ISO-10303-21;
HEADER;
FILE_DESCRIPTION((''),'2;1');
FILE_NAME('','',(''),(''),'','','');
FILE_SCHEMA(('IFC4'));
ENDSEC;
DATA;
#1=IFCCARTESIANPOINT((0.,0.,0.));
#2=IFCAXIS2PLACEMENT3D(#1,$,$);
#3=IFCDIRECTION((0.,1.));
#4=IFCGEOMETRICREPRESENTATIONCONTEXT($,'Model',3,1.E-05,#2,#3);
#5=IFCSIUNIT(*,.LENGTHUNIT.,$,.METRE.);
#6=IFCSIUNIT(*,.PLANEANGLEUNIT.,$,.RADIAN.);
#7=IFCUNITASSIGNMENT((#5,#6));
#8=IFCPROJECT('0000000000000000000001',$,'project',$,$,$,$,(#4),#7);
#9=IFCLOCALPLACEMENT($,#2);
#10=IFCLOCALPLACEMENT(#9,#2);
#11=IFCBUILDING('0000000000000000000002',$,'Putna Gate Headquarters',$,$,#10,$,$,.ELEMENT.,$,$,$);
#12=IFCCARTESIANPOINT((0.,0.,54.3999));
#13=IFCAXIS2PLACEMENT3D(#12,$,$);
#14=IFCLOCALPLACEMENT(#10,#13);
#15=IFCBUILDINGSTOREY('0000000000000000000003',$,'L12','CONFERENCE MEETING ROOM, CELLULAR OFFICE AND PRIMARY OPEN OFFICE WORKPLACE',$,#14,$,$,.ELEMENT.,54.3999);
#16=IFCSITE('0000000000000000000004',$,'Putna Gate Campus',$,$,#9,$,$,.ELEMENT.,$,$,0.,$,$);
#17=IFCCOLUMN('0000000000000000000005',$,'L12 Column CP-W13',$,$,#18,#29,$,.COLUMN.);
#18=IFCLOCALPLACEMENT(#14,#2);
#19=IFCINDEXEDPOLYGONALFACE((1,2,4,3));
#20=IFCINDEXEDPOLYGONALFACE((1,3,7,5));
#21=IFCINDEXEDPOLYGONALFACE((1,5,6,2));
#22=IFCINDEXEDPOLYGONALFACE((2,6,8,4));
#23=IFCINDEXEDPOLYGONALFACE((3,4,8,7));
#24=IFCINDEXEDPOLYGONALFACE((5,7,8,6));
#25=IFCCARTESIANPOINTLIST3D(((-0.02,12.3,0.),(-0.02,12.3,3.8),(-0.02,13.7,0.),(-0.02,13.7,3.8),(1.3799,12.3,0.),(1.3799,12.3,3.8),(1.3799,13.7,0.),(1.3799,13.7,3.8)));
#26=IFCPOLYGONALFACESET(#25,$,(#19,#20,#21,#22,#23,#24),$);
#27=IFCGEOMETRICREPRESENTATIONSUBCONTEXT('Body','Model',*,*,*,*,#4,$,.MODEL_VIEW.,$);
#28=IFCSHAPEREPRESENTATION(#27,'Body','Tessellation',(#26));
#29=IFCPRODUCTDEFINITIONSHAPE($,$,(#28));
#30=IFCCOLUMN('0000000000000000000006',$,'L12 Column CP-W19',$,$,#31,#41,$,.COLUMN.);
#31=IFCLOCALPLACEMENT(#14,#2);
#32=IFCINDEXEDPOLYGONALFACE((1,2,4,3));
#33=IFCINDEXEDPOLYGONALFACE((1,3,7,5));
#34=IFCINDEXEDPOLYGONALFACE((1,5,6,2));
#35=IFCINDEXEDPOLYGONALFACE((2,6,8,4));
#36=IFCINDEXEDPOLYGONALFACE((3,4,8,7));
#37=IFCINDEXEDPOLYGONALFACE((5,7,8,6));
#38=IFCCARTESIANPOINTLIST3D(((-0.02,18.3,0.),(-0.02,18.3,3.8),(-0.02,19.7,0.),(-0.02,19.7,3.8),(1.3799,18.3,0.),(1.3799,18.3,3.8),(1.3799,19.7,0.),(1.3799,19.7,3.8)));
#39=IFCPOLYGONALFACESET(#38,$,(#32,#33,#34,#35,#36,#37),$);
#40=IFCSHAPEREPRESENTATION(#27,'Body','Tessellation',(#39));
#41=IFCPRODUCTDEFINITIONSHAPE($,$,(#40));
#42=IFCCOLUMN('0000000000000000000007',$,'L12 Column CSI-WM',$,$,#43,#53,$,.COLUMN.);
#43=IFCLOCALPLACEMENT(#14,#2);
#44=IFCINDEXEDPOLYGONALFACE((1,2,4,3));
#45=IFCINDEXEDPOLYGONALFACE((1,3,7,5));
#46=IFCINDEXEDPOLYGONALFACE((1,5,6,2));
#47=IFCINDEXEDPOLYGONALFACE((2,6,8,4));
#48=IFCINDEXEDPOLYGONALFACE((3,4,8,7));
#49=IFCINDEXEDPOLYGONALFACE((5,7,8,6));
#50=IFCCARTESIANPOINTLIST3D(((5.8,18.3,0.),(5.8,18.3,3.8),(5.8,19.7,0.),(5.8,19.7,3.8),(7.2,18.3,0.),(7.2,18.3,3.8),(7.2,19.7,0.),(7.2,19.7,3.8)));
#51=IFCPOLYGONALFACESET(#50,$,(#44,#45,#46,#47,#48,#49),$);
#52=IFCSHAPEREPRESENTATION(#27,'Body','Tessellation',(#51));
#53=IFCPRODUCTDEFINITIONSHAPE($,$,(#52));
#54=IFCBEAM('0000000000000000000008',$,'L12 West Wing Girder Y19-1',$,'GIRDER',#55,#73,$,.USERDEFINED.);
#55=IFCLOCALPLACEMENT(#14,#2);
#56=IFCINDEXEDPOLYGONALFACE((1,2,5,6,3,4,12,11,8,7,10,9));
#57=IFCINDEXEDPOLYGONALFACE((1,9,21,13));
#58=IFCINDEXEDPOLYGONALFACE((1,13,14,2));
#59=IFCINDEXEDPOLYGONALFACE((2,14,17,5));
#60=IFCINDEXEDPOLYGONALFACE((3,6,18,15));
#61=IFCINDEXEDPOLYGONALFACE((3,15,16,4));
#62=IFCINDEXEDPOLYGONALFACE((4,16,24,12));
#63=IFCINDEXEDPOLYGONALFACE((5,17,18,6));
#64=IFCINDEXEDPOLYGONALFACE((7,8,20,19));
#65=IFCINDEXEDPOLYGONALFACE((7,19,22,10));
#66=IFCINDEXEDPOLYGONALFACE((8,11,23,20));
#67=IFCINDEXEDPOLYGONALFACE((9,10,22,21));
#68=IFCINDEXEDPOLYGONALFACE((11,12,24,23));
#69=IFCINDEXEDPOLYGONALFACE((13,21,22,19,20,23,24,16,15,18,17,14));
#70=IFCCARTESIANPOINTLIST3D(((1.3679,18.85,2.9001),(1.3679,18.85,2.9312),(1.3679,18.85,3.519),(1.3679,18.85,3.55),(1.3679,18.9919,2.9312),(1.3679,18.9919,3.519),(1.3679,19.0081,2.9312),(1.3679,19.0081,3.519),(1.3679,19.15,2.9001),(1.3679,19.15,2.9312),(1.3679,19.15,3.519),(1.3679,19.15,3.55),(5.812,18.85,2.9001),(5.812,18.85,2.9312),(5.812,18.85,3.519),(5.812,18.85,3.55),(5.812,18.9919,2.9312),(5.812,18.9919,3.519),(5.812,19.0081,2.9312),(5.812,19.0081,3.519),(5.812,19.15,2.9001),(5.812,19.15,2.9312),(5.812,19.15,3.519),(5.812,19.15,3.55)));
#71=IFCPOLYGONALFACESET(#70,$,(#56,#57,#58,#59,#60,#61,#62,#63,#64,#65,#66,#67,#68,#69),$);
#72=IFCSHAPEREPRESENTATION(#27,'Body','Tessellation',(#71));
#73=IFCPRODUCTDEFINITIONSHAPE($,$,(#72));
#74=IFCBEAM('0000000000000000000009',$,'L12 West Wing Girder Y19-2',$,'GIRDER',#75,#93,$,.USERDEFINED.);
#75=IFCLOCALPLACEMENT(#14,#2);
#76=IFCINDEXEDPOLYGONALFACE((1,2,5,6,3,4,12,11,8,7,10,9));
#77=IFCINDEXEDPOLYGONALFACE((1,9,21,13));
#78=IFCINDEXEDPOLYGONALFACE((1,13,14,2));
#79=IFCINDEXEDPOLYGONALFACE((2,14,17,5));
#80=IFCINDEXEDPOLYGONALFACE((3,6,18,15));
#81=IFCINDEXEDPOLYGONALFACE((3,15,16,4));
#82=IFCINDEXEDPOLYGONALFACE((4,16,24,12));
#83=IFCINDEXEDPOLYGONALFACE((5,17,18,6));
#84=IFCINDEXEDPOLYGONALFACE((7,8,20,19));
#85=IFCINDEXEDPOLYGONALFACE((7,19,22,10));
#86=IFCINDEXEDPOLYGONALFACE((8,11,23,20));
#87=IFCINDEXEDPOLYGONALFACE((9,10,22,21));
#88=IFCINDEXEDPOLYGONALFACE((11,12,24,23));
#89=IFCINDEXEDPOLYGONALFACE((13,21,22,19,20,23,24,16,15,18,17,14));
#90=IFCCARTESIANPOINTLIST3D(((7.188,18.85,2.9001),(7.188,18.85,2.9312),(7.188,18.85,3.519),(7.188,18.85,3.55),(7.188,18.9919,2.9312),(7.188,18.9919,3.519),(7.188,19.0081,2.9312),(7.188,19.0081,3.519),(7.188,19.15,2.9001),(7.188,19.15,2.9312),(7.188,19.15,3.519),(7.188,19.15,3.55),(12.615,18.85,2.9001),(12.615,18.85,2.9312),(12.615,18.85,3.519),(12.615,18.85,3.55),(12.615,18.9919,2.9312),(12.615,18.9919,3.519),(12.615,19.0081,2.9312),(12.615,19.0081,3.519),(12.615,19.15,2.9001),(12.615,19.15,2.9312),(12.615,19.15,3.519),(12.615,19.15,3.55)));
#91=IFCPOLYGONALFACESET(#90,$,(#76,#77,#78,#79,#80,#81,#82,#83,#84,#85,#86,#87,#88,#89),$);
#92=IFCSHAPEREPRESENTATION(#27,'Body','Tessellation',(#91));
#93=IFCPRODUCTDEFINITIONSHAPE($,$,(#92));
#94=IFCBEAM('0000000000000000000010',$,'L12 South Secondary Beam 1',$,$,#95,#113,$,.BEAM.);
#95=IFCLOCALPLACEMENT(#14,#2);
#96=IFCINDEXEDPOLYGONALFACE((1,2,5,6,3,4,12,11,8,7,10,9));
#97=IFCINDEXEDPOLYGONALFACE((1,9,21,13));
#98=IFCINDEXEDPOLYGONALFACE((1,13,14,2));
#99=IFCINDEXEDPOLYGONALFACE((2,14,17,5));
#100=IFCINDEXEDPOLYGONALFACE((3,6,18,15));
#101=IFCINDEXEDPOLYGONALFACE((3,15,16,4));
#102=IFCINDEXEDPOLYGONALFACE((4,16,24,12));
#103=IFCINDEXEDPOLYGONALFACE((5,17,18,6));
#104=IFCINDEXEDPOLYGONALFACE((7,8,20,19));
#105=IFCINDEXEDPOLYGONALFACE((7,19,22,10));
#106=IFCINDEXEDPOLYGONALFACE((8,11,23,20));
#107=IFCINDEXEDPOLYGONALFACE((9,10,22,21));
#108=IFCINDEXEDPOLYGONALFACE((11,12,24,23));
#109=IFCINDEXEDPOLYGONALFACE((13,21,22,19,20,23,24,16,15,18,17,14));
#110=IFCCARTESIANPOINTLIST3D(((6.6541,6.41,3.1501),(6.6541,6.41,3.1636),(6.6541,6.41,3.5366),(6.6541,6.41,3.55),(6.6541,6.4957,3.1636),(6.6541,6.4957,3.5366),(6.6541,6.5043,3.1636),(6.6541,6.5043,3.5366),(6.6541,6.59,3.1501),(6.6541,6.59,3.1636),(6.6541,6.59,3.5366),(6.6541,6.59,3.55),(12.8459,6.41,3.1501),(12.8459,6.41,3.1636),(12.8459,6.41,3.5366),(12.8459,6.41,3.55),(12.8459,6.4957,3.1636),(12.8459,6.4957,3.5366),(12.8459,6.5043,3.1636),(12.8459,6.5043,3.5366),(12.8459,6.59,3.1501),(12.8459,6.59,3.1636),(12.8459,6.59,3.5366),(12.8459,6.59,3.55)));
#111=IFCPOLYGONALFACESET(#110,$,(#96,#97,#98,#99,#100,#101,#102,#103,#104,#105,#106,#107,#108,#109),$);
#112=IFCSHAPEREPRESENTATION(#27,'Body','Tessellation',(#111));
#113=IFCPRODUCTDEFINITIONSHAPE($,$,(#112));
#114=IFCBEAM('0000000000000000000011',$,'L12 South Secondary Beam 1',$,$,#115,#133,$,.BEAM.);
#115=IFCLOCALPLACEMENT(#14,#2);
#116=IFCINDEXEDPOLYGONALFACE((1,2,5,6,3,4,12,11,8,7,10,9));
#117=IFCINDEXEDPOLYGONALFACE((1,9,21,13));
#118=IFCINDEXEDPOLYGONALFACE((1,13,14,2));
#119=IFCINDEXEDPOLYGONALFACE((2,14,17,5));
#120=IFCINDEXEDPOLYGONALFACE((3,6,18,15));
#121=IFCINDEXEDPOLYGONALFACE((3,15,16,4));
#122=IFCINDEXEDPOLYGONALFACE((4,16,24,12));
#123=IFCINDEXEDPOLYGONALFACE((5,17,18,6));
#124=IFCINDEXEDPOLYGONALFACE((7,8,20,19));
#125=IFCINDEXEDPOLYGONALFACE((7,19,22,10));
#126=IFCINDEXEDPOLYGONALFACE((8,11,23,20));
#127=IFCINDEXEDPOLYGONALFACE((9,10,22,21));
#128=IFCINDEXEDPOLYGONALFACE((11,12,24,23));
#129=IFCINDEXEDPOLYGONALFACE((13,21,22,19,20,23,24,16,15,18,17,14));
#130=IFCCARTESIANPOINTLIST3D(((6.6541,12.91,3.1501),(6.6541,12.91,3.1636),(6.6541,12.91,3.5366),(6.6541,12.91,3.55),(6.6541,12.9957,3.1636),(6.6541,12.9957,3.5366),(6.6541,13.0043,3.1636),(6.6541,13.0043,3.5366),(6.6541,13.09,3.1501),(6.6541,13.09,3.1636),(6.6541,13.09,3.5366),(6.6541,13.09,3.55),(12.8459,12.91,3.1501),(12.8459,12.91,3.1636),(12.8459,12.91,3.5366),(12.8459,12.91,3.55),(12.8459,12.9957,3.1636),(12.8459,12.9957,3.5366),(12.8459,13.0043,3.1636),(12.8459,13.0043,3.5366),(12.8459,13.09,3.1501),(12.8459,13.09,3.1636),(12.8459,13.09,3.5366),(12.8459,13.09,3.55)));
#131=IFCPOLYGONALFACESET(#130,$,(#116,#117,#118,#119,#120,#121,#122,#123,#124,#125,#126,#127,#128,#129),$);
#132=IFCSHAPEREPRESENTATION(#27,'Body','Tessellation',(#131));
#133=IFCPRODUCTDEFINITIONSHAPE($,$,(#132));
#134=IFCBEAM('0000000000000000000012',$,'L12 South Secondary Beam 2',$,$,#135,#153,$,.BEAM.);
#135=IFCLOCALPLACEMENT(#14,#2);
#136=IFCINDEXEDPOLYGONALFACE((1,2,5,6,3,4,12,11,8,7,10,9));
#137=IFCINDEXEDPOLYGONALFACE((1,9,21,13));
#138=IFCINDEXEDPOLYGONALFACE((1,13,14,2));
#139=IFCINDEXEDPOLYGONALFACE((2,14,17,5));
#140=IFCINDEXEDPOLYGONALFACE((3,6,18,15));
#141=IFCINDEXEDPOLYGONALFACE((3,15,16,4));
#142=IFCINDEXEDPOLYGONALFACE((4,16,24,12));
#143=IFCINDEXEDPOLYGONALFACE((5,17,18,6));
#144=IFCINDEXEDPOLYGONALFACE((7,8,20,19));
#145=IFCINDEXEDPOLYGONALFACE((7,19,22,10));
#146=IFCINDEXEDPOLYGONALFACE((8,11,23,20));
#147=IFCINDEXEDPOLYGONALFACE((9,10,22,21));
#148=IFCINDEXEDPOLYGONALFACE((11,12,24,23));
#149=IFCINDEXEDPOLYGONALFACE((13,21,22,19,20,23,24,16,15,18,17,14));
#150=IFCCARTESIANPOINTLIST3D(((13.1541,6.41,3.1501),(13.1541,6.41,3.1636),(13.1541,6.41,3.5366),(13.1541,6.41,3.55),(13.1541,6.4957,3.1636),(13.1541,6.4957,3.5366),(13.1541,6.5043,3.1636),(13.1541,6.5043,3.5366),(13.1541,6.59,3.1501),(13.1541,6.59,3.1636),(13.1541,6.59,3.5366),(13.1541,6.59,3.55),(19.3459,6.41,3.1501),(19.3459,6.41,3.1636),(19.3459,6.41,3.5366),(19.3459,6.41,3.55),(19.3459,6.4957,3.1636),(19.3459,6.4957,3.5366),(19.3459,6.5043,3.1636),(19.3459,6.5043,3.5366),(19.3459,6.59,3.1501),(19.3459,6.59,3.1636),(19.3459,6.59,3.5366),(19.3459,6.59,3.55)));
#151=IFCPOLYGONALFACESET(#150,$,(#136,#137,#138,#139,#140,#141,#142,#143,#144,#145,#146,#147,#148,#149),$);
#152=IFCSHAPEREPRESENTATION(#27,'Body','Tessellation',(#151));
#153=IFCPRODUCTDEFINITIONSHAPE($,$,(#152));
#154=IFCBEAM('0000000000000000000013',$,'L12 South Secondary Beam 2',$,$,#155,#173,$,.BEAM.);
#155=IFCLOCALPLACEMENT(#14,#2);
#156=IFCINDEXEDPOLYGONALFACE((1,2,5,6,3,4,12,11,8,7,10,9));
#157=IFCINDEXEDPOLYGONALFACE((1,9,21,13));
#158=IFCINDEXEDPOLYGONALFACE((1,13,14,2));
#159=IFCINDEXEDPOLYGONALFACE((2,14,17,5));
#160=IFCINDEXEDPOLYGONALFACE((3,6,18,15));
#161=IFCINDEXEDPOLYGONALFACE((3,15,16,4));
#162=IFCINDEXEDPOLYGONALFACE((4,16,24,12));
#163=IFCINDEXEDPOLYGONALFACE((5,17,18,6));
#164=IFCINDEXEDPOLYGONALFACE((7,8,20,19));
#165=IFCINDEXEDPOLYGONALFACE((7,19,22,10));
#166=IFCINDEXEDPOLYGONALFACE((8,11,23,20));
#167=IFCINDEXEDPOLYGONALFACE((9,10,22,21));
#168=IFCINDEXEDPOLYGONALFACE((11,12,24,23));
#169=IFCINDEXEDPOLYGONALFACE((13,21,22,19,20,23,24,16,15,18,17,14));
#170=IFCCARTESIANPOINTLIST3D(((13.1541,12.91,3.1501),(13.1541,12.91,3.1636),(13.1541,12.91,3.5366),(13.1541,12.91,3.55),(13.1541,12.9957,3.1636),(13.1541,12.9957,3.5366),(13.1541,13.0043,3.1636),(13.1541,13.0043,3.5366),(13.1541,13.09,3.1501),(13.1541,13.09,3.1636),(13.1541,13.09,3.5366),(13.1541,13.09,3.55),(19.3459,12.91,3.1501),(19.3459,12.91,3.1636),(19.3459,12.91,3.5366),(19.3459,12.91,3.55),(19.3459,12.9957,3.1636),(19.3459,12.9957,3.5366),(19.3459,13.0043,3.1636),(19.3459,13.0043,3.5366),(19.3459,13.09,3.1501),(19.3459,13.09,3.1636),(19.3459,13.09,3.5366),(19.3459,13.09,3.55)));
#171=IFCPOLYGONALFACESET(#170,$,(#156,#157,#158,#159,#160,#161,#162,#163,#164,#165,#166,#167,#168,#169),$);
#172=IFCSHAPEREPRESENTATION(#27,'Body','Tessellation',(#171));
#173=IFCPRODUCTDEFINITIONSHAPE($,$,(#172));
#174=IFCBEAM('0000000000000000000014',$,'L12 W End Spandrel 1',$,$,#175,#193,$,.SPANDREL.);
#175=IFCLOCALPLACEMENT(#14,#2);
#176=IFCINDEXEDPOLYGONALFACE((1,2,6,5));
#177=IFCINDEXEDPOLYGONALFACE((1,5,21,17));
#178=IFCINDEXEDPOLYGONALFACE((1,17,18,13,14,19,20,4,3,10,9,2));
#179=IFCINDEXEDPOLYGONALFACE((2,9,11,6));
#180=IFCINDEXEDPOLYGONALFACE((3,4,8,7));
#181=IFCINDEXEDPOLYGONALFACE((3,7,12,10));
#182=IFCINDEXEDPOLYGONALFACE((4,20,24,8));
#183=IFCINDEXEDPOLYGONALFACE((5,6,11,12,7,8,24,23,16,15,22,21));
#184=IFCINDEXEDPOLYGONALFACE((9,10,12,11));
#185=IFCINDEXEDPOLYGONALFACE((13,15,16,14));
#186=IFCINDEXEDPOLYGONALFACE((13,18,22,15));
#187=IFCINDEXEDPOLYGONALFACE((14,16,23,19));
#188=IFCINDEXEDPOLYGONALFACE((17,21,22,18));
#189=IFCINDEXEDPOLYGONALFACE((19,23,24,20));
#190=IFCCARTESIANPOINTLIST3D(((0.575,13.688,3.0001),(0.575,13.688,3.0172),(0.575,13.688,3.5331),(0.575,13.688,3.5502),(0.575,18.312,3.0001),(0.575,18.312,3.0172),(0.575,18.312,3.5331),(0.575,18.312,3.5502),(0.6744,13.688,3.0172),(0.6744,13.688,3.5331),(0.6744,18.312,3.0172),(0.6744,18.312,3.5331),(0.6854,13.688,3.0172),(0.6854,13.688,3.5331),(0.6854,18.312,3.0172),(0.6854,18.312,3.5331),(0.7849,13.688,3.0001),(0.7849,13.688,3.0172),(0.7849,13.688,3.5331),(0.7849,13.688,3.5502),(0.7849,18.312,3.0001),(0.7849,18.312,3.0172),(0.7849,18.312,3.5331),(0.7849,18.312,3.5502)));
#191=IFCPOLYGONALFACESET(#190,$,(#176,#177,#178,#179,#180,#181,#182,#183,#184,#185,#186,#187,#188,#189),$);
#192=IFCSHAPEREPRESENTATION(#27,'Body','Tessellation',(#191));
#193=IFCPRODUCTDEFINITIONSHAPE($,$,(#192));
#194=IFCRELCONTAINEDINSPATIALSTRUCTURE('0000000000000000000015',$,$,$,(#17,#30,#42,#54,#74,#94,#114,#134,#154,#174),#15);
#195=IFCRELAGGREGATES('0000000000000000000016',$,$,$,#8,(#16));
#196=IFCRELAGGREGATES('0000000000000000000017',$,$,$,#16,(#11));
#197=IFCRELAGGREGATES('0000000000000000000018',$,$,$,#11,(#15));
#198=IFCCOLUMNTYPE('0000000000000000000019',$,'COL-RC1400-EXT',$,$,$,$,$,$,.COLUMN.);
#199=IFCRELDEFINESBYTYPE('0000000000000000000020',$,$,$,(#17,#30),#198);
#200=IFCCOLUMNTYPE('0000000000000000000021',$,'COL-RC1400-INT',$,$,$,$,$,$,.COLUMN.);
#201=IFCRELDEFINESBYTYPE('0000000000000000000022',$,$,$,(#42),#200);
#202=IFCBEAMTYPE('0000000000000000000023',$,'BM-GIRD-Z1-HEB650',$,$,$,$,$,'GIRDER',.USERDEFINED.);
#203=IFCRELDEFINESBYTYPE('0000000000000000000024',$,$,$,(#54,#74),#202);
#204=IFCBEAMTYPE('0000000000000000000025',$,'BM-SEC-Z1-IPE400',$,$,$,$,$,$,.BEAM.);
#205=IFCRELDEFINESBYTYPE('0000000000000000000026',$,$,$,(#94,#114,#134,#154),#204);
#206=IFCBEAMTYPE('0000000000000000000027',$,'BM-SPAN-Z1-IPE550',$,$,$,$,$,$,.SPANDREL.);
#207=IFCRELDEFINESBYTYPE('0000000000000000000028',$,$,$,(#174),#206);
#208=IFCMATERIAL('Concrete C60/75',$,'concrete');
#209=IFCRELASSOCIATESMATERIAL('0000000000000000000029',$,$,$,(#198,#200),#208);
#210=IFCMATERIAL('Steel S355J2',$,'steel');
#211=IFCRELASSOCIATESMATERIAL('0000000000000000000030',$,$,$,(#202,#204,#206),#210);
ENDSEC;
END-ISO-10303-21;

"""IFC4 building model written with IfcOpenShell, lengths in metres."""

from ifc_helpers import new_model, si_unit, direction, frame, origin, origin_2d, place, context, subcontext, project, spatial, rectangle, i_section, extrude, material, material_profile, profile_set, type_object, element, save


model = new_model("IFC4")

# Units and contexts
model_context = context("Model", 3, precision=1e-05, world=origin(), true_north=direction((0.0, 1.0)))
body_context = subcontext(model_context, "Body", "Model", "MODEL_VIEW")
ifc_project = project(units=[si_unit("LENGTHUNIT", "METRE"), si_unit("PLANEANGLEUNIT", "RADIAN")], contexts=[model_context])

# Site, building, storey
site_placement = place(None, origin())
site = spatial("IfcSite", under=ifc_project, at=site_placement, Name="Putna Gate Campus", CompositionType="ELEMENT", RefElevation=0.0)
building_placement = place(site_placement, origin())
building = spatial("IfcBuilding", under=site, at=building_placement, Name="Putna Gate Headquarters", CompositionType="ELEMENT")
storey_placement = place(building_placement, frame((0.0, 0.0, 54.3999)))
storey = spatial("IfcBuildingStorey", under=building, at=storey_placement, Name="L12", Description="CONFERENCE MEETING ROOM, CELLULAR OFFICE AND PRIMARY OPEN OFFICE WORKPLACE", CompositionType="ELEMENT", Elevation=54.3999)

# Columns
ifc_material_1 = material(Name="Concrete C60/75", Category="concrete")
ifc_material_profile_1 = material_profile(ifc_material_1, rectangle(XDim=1.3999, YDim=1.3999, at=origin_2d()), Name="Concrete C60/75")
ifc_profile_set_1 = profile_set([ifc_material_profile_1], Name="Concrete C60/75")
column_type_1 = type_object("IfcColumnType", Name="COL-RC1400-EXT", PredefinedType="COLUMN", material=ifc_profile_set_1)
for number, where, z_axis, x_axis, name in (
    (1, (0.6799, 13.0, 0.0), (0.0, 0.0, 1.0), (1.0, 0.0, 0.0), "L12 Column CP-W13"),
    (2, (0.6799, 19.0, 0.0), (0.0, 0.0, 1.0), (1.0, 0.0, 0.0), "L12 Column CP-W19"),
):
    element("IfcColumn", number, at=place(storey_placement, frame(where, z_axis=z_axis, x_axis=x_axis)), inside=storey, type_object=column_type_1, Name=name, PredefinedType="COLUMN", context=body_context, shape_type="SweptSolid", body=[
        extrude(rectangle(XDim=1.3999, YDim=1.3999, at=origin_2d()), origin(), (0.0, 0.0, 1.0), 3.8),
    ])
ifc_material_profile_2 = material_profile(ifc_material_1, rectangle(XDim=1.3999, YDim=1.3999, at=origin_2d()), Name="Concrete C60/75")
ifc_profile_set_2 = profile_set([ifc_material_profile_2], Name="Concrete C60/75")
column_type_2 = type_object("IfcColumnType", Name="COL-RC1400-INT", PredefinedType="COLUMN", material=ifc_profile_set_2)
column_placement = place(storey_placement, frame((6.5, 19.0, 0.0), z_axis=(0.0, 0.0, 1.0), x_axis=(1.0, 0.0, 0.0)))
element("IfcColumn", 3, at=column_placement, inside=storey, type_object=column_type_2, Name="L12 Column CSI-WM", PredefinedType="COLUMN", context=body_context, shape_type="SweptSolid", body=[
    extrude(rectangle(XDim=1.3999, YDim=1.3999, at=origin_2d()), origin(), (0.0, 0.0, 1.0), 3.8),
])

# Beams
ifc_material_2 = material(Name="Steel S355J2", Category="steel")
ifc_material_profile_3 = material_profile(ifc_material_2, i_section(OverallWidth=0.3, OverallDepth=0.6499, WebThickness=0.0161, FlangeThickness=0.031, at=origin_2d()), Name="Steel S355J2")
ifc_profile_set_3 = profile_set([ifc_material_profile_3], Name="Steel S355J2")
beam_type_1 = type_object("IfcBeamType", Name="BM-GIRD-Z1-HEB650", ElementType="GIRDER", PredefinedType="USERDEFINED", material=ifc_profile_set_3)
beam_1_placement = place(storey_placement, frame((1.3679, 19.0, 3.2251), z_axis=(1.0, 0.0, 0.0), x_axis=(0.0, 1.0, 0.0)))
element("IfcBeam", 4, at=beam_1_placement, inside=storey, type_object=beam_type_1, Name="L12 West Wing Girder Y19-1", ObjectType="GIRDER", PredefinedType="USERDEFINED", context=body_context, shape_type="SweptSolid", body=[
    extrude(i_section(OverallWidth=0.3, OverallDepth=0.6499, WebThickness=0.0161, FlangeThickness=0.031, at=origin_2d()), origin(), (0.0, 0.0, 1.0), 4.4441),
])
beam_2_placement = place(storey_placement, frame((7.188, 19.0, 3.2251), z_axis=(1.0, 0.0, 0.0), x_axis=(0.0, 1.0, 0.0)))
element("IfcBeam", 5, at=beam_2_placement, inside=storey, type_object=beam_type_1, Name="L12 West Wing Girder Y19-2", ObjectType="GIRDER", PredefinedType="USERDEFINED", context=body_context, shape_type="SweptSolid", body=[
    extrude(i_section(OverallWidth=0.3, OverallDepth=0.6499, WebThickness=0.0161, FlangeThickness=0.031, at=origin_2d()), origin(), (0.0, 0.0, 1.0), 5.427),
])
ifc_material_profile_4 = material_profile(ifc_material_2, i_section(OverallWidth=0.1799, OverallDepth=0.3999, WebThickness=0.0085, FlangeThickness=0.0134, at=origin_2d()), Name="Steel S355J2")
ifc_profile_set_4 = profile_set([ifc_material_profile_4], Name="Steel S355J2")
beam_type_2 = type_object("IfcBeamType", Name="BM-SEC-Z1-IPE400", PredefinedType="BEAM", material=ifc_profile_set_4)
for number, where, z_axis, x_axis, name in (
    (6, (6.6541, 6.5, 3.3501), (1.0, 0.0, 0.0), (0.0, 1.0, 0.0), "L12 South Secondary Beam 1"),
    (7, (6.6541, 13.0, 3.3501), (1.0, 0.0, 0.0), (0.0, 1.0, 0.0), "L12 South Secondary Beam 1"),
    (8, (13.1541, 6.5, 3.3501), (1.0, 0.0, 0.0), (0.0, 1.0, 0.0), "L12 South Secondary Beam 2"),
    (9, (13.1541, 13.0, 3.3501), (1.0, 0.0, 0.0), (0.0, 1.0, 0.0), "L12 South Secondary Beam 2"),
):
    element("IfcBeam", number, at=place(storey_placement, frame(where, z_axis=z_axis, x_axis=x_axis)), inside=storey, type_object=beam_type_2, Name=name, PredefinedType="BEAM", context=body_context, shape_type="SweptSolid", body=[
        extrude(i_section(OverallWidth=0.1799, OverallDepth=0.3999, WebThickness=0.0085, FlangeThickness=0.0134, at=origin_2d()), origin(), (0.0, 0.0, 1.0), 6.1919),
    ])
ifc_material_profile_5 = material_profile(ifc_material_2, i_section(OverallWidth=0.21, OverallDepth=0.55, WebThickness=0.011, FlangeThickness=0.0171, at=origin_2d()), Name="Steel S355J2")
ifc_profile_set_5 = profile_set([ifc_material_profile_5], Name="Steel S355J2")
beam_type_3 = type_object("IfcBeamType", Name="BM-SPAN-Z1-IPE550", PredefinedType="SPANDREL", material=ifc_profile_set_5)
beam_3_placement = place(storey_placement, frame((0.6799, 13.688, 3.2751), z_axis=(0.0, 1.0, 0.0), x_axis=(-1.0, 0.0, 0.0)))
element("IfcBeam", 10, at=beam_3_placement, inside=storey, type_object=beam_type_3, Name="L12 W End Spandrel 1", PredefinedType="SPANDREL", context=body_context, shape_type="SweptSolid", body=[
    extrude(i_section(OverallWidth=0.21, OverallDepth=0.55, WebThickness=0.011, FlangeThickness=0.0171, at=origin_2d()), origin(), (0.0, 0.0, 1.0), 4.624),
])

save(model, "model.ifc")
